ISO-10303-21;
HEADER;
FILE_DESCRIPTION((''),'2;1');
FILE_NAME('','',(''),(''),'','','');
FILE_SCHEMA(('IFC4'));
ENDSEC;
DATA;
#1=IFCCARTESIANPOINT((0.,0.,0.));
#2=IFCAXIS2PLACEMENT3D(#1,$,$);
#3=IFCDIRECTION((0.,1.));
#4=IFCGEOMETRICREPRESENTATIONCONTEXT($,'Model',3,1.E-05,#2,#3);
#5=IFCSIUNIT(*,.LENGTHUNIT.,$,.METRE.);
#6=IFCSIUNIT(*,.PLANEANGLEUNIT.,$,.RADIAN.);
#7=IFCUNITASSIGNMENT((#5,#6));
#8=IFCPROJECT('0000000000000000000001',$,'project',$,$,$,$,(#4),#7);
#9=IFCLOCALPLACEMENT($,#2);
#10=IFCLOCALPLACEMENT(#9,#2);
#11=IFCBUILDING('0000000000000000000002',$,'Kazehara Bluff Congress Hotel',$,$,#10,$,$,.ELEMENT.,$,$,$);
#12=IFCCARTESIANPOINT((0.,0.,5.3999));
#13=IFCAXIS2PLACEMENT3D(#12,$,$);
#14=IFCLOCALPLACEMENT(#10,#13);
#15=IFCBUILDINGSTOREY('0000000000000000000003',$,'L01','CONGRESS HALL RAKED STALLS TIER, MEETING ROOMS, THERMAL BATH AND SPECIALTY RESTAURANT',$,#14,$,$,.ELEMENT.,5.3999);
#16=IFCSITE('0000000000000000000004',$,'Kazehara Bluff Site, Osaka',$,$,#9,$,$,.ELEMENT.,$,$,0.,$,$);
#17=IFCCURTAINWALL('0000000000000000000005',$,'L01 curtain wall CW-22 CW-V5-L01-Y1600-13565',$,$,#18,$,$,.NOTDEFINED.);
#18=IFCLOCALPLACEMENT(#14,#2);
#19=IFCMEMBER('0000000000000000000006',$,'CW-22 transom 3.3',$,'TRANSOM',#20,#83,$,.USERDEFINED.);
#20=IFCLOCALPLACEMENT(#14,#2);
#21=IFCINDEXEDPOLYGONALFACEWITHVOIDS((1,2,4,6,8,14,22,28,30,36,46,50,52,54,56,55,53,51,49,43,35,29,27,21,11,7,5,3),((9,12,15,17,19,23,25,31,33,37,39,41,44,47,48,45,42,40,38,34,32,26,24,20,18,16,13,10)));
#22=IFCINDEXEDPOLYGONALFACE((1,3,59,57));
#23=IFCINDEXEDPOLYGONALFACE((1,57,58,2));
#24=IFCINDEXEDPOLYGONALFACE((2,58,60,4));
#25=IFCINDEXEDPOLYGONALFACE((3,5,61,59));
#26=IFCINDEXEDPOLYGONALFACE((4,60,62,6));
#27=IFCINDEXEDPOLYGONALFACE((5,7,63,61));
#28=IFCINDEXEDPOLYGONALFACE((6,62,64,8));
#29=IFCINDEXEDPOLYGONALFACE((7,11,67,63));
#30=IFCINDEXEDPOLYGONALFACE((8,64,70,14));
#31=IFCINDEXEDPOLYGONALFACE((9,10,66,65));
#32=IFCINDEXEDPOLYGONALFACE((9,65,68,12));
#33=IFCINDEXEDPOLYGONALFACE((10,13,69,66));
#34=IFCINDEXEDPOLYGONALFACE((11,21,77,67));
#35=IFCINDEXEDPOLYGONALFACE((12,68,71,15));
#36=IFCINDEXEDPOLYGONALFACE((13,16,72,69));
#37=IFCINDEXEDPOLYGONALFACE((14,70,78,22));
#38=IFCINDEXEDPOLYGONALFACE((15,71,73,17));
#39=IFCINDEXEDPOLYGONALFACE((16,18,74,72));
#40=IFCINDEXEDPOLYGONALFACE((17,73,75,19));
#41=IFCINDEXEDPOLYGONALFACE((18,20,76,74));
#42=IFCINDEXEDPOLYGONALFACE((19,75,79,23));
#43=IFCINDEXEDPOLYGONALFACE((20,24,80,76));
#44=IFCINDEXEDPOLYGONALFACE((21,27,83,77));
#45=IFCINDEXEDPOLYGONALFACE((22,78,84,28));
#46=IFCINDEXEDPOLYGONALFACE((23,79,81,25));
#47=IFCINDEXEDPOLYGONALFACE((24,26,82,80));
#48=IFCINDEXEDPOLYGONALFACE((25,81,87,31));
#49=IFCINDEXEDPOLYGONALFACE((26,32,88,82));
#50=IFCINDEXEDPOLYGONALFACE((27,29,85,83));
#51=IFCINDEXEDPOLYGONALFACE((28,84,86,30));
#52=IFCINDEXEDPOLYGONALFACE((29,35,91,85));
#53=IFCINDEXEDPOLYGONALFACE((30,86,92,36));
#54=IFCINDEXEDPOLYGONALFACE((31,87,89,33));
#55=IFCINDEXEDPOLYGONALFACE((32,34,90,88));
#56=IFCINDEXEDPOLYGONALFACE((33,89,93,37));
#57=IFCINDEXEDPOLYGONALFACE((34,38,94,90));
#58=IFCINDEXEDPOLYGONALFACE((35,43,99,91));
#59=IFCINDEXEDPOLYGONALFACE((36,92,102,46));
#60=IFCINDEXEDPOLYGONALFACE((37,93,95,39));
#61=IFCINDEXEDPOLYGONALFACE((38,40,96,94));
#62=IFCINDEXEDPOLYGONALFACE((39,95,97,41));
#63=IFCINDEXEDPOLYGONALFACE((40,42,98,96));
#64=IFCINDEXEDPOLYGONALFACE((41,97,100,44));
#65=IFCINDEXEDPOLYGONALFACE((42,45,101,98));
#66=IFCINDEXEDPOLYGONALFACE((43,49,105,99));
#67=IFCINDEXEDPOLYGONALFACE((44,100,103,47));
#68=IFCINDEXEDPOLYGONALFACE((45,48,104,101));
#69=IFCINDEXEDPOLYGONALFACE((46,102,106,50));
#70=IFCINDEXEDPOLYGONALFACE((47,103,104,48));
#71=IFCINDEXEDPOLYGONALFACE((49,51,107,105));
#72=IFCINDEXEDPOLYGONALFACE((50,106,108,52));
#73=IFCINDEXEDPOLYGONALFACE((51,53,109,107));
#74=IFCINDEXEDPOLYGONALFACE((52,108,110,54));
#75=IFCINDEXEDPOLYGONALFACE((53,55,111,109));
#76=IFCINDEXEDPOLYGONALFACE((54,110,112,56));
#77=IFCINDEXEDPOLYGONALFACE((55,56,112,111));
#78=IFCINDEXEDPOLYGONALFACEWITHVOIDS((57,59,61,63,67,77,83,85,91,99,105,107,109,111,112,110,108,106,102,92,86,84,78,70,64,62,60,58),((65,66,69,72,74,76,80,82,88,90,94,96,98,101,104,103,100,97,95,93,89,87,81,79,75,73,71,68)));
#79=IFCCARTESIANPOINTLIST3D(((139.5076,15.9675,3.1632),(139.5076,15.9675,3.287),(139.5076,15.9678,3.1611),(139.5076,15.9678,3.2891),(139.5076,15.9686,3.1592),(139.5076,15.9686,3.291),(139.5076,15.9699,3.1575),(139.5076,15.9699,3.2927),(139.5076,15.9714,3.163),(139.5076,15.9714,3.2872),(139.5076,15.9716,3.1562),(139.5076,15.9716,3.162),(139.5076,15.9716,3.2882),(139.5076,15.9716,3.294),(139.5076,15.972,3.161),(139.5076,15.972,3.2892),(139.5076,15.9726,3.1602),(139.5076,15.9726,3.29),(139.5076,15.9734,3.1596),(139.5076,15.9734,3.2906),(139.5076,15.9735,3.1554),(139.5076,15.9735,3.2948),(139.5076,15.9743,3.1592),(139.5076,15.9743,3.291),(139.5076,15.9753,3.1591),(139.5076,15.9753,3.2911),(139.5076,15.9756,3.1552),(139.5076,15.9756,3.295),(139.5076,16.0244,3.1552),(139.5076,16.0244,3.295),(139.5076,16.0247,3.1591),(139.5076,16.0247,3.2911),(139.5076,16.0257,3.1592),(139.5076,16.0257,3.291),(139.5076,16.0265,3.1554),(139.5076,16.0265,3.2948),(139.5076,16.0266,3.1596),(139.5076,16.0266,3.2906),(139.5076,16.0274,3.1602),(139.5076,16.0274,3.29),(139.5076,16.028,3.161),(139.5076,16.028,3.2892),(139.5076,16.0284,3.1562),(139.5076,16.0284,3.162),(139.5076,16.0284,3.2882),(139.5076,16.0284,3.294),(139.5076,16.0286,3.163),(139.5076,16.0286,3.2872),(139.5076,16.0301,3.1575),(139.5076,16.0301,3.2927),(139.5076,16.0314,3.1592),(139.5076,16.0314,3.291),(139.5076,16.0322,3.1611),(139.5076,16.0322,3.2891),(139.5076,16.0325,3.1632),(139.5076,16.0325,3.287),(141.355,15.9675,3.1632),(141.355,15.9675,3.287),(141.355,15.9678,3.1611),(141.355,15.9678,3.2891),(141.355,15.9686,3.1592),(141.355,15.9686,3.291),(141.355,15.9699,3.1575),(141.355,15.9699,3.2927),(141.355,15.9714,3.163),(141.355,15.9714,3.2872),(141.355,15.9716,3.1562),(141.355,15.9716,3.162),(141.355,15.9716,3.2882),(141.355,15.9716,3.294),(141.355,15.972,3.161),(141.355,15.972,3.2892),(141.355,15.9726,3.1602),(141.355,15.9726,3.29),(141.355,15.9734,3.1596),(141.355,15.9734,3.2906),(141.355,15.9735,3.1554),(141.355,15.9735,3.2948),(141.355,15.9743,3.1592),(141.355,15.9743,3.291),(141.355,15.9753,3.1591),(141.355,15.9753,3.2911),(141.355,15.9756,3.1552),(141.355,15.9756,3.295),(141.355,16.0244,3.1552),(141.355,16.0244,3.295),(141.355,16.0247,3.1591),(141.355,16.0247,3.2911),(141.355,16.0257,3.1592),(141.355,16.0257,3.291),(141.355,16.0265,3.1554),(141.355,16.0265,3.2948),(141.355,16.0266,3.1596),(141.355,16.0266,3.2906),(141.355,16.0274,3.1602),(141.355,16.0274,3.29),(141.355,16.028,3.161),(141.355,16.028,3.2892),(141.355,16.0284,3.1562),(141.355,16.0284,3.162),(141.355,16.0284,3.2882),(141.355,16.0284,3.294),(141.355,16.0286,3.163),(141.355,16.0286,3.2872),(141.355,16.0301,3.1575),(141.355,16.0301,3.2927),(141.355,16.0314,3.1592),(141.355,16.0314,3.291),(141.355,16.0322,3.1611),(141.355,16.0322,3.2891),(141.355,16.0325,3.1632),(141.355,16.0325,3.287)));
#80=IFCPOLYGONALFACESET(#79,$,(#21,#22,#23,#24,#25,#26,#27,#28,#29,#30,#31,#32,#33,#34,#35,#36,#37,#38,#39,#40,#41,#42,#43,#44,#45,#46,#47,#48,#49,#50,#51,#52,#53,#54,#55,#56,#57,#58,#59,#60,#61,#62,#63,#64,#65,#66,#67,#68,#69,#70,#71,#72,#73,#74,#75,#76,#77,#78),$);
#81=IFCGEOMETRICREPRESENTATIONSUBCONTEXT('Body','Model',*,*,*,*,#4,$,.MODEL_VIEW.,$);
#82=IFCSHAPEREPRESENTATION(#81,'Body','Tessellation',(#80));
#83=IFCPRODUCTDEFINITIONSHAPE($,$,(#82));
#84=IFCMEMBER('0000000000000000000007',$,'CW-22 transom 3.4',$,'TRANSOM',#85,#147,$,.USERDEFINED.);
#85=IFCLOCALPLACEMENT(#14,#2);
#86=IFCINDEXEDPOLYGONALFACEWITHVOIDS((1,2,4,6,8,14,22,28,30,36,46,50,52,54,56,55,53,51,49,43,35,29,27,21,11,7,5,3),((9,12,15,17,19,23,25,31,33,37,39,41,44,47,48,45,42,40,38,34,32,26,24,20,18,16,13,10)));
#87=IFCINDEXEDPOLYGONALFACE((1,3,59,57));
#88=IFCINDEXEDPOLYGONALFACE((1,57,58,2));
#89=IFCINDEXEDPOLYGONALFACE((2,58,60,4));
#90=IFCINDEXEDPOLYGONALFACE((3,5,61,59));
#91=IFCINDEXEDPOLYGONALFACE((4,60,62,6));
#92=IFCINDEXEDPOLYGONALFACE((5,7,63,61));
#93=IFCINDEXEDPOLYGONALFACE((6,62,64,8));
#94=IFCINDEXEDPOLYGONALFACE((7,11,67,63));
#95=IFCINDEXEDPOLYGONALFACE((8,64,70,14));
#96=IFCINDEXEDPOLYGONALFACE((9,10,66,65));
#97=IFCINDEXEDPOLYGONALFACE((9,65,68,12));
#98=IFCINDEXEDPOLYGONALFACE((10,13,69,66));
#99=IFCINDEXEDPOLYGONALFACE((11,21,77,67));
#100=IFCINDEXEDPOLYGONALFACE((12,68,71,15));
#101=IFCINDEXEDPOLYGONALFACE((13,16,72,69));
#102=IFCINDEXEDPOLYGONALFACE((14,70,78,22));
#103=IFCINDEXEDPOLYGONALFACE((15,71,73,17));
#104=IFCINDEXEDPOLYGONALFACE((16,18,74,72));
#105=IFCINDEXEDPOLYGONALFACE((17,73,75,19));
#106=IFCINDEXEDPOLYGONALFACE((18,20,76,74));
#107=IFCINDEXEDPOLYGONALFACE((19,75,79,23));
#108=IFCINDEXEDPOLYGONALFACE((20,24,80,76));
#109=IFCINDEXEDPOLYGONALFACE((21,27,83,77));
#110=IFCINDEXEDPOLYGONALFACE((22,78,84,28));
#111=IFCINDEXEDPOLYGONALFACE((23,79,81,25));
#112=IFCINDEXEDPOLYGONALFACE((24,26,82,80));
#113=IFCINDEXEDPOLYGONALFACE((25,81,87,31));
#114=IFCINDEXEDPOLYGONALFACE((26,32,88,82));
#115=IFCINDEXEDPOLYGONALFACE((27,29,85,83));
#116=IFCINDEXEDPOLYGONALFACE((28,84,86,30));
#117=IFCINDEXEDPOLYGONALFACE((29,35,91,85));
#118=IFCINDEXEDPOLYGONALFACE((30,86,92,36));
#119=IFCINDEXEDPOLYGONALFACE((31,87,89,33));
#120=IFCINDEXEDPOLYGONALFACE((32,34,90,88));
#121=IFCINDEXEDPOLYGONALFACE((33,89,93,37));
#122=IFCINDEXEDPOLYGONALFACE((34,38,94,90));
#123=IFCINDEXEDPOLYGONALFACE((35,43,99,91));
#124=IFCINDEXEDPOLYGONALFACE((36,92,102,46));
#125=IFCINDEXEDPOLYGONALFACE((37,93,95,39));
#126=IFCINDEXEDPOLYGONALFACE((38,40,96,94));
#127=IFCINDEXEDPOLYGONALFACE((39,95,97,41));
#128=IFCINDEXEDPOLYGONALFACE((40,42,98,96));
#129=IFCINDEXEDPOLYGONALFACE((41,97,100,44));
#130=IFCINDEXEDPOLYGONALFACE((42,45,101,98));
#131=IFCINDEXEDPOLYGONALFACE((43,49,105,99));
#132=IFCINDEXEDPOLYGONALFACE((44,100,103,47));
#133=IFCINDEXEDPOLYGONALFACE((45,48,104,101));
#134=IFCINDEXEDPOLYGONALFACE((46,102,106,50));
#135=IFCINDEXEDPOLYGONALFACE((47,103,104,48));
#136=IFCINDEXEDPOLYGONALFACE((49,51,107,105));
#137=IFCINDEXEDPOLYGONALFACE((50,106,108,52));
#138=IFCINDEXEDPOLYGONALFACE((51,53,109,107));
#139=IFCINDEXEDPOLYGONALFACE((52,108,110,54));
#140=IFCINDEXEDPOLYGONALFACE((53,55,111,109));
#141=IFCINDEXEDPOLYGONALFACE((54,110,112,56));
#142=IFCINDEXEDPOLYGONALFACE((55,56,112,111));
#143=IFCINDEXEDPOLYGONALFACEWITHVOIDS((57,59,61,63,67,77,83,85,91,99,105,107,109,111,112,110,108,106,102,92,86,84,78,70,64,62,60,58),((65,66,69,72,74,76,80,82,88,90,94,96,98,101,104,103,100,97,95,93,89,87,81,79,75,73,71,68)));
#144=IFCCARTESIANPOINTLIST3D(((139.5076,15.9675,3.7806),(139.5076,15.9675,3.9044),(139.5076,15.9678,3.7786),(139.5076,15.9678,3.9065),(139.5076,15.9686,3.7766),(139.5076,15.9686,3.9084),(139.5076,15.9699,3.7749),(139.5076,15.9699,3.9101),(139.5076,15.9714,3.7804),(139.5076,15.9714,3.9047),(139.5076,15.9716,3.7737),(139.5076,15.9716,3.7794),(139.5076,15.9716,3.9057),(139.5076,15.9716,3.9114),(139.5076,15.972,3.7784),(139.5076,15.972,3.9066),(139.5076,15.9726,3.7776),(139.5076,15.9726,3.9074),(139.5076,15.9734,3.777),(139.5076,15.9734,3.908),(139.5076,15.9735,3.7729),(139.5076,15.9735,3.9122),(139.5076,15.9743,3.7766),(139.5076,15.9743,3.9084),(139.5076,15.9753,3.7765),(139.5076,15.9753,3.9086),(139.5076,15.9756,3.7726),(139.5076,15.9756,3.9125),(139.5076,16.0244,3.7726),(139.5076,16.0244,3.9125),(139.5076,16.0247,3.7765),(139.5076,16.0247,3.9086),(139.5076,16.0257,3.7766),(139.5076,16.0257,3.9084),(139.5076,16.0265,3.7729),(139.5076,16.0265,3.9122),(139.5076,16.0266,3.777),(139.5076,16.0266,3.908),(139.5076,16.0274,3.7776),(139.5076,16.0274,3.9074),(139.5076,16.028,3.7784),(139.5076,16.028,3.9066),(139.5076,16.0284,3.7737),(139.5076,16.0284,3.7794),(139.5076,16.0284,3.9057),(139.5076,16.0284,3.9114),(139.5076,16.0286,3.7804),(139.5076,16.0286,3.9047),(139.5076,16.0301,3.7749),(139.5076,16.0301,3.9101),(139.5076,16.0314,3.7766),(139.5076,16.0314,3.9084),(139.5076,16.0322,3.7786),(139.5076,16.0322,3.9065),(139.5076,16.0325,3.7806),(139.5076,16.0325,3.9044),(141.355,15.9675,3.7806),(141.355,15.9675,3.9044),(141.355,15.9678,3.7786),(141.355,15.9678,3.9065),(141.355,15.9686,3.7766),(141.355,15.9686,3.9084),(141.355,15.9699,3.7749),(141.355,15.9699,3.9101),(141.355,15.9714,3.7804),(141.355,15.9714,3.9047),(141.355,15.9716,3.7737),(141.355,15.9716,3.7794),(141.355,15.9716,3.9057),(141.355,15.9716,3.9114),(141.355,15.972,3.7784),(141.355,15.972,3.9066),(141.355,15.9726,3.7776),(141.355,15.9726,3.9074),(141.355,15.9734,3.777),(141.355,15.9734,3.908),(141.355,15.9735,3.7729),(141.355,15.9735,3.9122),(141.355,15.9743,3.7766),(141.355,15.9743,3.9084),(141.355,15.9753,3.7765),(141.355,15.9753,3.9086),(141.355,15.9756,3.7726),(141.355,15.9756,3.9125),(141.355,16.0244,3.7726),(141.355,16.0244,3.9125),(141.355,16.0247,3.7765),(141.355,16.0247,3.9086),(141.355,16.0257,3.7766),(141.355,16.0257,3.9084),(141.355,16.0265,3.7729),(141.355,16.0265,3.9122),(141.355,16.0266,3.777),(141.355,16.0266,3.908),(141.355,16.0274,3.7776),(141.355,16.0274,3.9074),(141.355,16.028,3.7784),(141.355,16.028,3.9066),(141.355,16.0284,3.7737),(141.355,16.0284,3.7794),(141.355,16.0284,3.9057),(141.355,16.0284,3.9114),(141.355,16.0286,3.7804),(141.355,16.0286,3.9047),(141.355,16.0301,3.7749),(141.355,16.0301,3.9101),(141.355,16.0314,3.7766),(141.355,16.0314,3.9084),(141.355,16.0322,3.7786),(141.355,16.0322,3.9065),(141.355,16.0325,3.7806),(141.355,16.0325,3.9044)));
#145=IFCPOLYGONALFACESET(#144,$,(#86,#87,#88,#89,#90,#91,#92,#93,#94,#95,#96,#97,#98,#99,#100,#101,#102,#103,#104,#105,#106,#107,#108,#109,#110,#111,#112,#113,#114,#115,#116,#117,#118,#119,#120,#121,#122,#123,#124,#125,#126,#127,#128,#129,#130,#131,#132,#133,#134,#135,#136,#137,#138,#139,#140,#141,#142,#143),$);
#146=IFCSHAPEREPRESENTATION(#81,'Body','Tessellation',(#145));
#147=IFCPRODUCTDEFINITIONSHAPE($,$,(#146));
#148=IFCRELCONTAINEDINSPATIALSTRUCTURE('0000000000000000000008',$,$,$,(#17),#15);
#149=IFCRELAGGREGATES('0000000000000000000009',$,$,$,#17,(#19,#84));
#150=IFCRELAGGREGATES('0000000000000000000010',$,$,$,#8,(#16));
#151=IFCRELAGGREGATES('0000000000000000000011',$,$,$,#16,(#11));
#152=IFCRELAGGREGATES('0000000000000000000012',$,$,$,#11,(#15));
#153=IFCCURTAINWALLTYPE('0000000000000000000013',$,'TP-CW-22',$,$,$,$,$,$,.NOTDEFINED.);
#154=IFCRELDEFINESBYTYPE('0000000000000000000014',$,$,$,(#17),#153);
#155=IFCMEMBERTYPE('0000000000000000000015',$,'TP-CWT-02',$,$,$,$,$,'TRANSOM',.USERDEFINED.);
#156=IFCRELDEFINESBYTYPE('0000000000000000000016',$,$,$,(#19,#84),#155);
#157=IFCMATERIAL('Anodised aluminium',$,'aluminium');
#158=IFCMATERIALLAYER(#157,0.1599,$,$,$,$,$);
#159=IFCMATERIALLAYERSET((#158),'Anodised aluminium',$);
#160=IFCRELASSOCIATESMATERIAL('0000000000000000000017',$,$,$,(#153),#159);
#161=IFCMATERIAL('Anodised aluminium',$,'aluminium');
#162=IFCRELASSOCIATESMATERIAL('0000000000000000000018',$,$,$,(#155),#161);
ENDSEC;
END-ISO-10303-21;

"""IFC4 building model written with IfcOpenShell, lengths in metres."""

from ifc_helpers import new_model, si_unit, direction, frame, origin, origin_2d, place, context, subcontext, project, spatial, hollow_rectangle, extrude, material, layer, layer_set, material_profile, profile_set, type_object, element, aggregate, save


model = new_model("IFC4")

# Units and contexts
model_context = context("Model", 3, precision=1e-05, world=origin(), true_north=direction((0.0, 1.0)))
body_context = subcontext(model_context, "Body", "Model", "MODEL_VIEW")
ifc_project = project(units=[si_unit("LENGTHUNIT", "METRE"), si_unit("PLANEANGLEUNIT", "RADIAN")], contexts=[model_context])

# Site, building, storey
site_placement = place(None, origin())
site = spatial("IfcSite", under=ifc_project, at=site_placement, Name="Kazehara Bluff Site, Osaka", CompositionType="ELEMENT", RefElevation=0.0)
building_placement = place(site_placement, origin())
building = spatial("IfcBuilding", under=site, at=building_placement, Name="Kazehara Bluff Congress Hotel", CompositionType="ELEMENT")
storey_placement = place(building_placement, frame((0.0, 0.0, 5.3999)))
storey = spatial("IfcBuildingStorey", under=building, at=storey_placement, Name="L01", Description="CONGRESS HALL RAKED STALLS TIER, MEETING ROOMS, THERMAL BATH AND SPECIALTY RESTAURANT", CompositionType="ELEMENT", Elevation=5.3999)

# Curtain wall
ifc_material_1 = material(Name="Anodised aluminium", Category="aluminium")
ifc_layer_1 = layer(ifc_material_1, 0.1599)
ifc_layer_set_1 = layer_set([ifc_layer_1], Name="Anodised aluminium")
curtain_wall_type_1 = type_object("IfcCurtainWallType", Name="TP-CW-22", PredefinedType="NOTDEFINED", material=ifc_layer_set_1)
curtain_wall_1_placement = place(storey_placement, origin())
curtain_wall_1 = element("IfcCurtainWall", 1, at=curtain_wall_1_placement, inside=storey, type_object=curtain_wall_type_1, Name="L01 curtain wall CW-22 CW-V5-L01-Y1600-13565", PredefinedType="NOTDEFINED")

# Members
ifc_material_2 = material(Name="Anodised aluminium", Category="aluminium")
ifc_material_profile_1 = material_profile(ifc_material_2, hollow_rectangle(XDim=0.0649, YDim=0.1399, WallThickness=0.0039, InnerFilletRadius=0.0039, OuterFilletRadius=0.0081, at=origin_2d()))
ifc_profile_set_1 = profile_set([ifc_material_profile_1], Name="Anodised aluminium")
member_type_1 = type_object("IfcMemberType", Name="TP-CWT-02", ElementType="TRANSOM", PredefinedType="USERDEFINED", material=ifc_profile_set_1)
member_1_placement = place(storey_placement, frame((139.5076, 16.0, 3.2251), z_axis=(1.0, 0.0, 0.0), x_axis=(0.0, 1.0, 0.0)))
member_1 = element("IfcMember", 2, at=member_1_placement, type_object=member_type_1, Name="CW-22 transom 3.3", ObjectType="TRANSOM", PredefinedType="USERDEFINED", context=body_context, shape_type="SweptSolid", body=[
    extrude(hollow_rectangle(XDim=0.0649, YDim=0.1399, WallThickness=0.0039, InnerFilletRadius=0.0039, OuterFilletRadius=0.0081, at=origin_2d()), origin(), (0.0, 0.0, 1.0), 1.8474),
])
member_2_placement = place(storey_placement, frame((139.5076, 16.0, 3.8425), z_axis=(1.0, 0.0, 0.0), x_axis=(0.0, 1.0, 0.0)))
member_2 = element("IfcMember", 3, at=member_2_placement, type_object=member_type_1, Name="CW-22 transom 3.4", ObjectType="TRANSOM", PredefinedType="USERDEFINED", context=body_context, shape_type="SweptSolid", body=[
    extrude(hollow_rectangle(XDim=0.0649, YDim=0.1399, WallThickness=0.0039, InnerFilletRadius=0.0039, OuterFilletRadius=0.0081, at=origin_2d()), origin(), (0.0, 0.0, 1.0), 1.8474),
])

aggregate(curtain_wall_1, [member_1, member_2])

save(model, "model.ifc")
